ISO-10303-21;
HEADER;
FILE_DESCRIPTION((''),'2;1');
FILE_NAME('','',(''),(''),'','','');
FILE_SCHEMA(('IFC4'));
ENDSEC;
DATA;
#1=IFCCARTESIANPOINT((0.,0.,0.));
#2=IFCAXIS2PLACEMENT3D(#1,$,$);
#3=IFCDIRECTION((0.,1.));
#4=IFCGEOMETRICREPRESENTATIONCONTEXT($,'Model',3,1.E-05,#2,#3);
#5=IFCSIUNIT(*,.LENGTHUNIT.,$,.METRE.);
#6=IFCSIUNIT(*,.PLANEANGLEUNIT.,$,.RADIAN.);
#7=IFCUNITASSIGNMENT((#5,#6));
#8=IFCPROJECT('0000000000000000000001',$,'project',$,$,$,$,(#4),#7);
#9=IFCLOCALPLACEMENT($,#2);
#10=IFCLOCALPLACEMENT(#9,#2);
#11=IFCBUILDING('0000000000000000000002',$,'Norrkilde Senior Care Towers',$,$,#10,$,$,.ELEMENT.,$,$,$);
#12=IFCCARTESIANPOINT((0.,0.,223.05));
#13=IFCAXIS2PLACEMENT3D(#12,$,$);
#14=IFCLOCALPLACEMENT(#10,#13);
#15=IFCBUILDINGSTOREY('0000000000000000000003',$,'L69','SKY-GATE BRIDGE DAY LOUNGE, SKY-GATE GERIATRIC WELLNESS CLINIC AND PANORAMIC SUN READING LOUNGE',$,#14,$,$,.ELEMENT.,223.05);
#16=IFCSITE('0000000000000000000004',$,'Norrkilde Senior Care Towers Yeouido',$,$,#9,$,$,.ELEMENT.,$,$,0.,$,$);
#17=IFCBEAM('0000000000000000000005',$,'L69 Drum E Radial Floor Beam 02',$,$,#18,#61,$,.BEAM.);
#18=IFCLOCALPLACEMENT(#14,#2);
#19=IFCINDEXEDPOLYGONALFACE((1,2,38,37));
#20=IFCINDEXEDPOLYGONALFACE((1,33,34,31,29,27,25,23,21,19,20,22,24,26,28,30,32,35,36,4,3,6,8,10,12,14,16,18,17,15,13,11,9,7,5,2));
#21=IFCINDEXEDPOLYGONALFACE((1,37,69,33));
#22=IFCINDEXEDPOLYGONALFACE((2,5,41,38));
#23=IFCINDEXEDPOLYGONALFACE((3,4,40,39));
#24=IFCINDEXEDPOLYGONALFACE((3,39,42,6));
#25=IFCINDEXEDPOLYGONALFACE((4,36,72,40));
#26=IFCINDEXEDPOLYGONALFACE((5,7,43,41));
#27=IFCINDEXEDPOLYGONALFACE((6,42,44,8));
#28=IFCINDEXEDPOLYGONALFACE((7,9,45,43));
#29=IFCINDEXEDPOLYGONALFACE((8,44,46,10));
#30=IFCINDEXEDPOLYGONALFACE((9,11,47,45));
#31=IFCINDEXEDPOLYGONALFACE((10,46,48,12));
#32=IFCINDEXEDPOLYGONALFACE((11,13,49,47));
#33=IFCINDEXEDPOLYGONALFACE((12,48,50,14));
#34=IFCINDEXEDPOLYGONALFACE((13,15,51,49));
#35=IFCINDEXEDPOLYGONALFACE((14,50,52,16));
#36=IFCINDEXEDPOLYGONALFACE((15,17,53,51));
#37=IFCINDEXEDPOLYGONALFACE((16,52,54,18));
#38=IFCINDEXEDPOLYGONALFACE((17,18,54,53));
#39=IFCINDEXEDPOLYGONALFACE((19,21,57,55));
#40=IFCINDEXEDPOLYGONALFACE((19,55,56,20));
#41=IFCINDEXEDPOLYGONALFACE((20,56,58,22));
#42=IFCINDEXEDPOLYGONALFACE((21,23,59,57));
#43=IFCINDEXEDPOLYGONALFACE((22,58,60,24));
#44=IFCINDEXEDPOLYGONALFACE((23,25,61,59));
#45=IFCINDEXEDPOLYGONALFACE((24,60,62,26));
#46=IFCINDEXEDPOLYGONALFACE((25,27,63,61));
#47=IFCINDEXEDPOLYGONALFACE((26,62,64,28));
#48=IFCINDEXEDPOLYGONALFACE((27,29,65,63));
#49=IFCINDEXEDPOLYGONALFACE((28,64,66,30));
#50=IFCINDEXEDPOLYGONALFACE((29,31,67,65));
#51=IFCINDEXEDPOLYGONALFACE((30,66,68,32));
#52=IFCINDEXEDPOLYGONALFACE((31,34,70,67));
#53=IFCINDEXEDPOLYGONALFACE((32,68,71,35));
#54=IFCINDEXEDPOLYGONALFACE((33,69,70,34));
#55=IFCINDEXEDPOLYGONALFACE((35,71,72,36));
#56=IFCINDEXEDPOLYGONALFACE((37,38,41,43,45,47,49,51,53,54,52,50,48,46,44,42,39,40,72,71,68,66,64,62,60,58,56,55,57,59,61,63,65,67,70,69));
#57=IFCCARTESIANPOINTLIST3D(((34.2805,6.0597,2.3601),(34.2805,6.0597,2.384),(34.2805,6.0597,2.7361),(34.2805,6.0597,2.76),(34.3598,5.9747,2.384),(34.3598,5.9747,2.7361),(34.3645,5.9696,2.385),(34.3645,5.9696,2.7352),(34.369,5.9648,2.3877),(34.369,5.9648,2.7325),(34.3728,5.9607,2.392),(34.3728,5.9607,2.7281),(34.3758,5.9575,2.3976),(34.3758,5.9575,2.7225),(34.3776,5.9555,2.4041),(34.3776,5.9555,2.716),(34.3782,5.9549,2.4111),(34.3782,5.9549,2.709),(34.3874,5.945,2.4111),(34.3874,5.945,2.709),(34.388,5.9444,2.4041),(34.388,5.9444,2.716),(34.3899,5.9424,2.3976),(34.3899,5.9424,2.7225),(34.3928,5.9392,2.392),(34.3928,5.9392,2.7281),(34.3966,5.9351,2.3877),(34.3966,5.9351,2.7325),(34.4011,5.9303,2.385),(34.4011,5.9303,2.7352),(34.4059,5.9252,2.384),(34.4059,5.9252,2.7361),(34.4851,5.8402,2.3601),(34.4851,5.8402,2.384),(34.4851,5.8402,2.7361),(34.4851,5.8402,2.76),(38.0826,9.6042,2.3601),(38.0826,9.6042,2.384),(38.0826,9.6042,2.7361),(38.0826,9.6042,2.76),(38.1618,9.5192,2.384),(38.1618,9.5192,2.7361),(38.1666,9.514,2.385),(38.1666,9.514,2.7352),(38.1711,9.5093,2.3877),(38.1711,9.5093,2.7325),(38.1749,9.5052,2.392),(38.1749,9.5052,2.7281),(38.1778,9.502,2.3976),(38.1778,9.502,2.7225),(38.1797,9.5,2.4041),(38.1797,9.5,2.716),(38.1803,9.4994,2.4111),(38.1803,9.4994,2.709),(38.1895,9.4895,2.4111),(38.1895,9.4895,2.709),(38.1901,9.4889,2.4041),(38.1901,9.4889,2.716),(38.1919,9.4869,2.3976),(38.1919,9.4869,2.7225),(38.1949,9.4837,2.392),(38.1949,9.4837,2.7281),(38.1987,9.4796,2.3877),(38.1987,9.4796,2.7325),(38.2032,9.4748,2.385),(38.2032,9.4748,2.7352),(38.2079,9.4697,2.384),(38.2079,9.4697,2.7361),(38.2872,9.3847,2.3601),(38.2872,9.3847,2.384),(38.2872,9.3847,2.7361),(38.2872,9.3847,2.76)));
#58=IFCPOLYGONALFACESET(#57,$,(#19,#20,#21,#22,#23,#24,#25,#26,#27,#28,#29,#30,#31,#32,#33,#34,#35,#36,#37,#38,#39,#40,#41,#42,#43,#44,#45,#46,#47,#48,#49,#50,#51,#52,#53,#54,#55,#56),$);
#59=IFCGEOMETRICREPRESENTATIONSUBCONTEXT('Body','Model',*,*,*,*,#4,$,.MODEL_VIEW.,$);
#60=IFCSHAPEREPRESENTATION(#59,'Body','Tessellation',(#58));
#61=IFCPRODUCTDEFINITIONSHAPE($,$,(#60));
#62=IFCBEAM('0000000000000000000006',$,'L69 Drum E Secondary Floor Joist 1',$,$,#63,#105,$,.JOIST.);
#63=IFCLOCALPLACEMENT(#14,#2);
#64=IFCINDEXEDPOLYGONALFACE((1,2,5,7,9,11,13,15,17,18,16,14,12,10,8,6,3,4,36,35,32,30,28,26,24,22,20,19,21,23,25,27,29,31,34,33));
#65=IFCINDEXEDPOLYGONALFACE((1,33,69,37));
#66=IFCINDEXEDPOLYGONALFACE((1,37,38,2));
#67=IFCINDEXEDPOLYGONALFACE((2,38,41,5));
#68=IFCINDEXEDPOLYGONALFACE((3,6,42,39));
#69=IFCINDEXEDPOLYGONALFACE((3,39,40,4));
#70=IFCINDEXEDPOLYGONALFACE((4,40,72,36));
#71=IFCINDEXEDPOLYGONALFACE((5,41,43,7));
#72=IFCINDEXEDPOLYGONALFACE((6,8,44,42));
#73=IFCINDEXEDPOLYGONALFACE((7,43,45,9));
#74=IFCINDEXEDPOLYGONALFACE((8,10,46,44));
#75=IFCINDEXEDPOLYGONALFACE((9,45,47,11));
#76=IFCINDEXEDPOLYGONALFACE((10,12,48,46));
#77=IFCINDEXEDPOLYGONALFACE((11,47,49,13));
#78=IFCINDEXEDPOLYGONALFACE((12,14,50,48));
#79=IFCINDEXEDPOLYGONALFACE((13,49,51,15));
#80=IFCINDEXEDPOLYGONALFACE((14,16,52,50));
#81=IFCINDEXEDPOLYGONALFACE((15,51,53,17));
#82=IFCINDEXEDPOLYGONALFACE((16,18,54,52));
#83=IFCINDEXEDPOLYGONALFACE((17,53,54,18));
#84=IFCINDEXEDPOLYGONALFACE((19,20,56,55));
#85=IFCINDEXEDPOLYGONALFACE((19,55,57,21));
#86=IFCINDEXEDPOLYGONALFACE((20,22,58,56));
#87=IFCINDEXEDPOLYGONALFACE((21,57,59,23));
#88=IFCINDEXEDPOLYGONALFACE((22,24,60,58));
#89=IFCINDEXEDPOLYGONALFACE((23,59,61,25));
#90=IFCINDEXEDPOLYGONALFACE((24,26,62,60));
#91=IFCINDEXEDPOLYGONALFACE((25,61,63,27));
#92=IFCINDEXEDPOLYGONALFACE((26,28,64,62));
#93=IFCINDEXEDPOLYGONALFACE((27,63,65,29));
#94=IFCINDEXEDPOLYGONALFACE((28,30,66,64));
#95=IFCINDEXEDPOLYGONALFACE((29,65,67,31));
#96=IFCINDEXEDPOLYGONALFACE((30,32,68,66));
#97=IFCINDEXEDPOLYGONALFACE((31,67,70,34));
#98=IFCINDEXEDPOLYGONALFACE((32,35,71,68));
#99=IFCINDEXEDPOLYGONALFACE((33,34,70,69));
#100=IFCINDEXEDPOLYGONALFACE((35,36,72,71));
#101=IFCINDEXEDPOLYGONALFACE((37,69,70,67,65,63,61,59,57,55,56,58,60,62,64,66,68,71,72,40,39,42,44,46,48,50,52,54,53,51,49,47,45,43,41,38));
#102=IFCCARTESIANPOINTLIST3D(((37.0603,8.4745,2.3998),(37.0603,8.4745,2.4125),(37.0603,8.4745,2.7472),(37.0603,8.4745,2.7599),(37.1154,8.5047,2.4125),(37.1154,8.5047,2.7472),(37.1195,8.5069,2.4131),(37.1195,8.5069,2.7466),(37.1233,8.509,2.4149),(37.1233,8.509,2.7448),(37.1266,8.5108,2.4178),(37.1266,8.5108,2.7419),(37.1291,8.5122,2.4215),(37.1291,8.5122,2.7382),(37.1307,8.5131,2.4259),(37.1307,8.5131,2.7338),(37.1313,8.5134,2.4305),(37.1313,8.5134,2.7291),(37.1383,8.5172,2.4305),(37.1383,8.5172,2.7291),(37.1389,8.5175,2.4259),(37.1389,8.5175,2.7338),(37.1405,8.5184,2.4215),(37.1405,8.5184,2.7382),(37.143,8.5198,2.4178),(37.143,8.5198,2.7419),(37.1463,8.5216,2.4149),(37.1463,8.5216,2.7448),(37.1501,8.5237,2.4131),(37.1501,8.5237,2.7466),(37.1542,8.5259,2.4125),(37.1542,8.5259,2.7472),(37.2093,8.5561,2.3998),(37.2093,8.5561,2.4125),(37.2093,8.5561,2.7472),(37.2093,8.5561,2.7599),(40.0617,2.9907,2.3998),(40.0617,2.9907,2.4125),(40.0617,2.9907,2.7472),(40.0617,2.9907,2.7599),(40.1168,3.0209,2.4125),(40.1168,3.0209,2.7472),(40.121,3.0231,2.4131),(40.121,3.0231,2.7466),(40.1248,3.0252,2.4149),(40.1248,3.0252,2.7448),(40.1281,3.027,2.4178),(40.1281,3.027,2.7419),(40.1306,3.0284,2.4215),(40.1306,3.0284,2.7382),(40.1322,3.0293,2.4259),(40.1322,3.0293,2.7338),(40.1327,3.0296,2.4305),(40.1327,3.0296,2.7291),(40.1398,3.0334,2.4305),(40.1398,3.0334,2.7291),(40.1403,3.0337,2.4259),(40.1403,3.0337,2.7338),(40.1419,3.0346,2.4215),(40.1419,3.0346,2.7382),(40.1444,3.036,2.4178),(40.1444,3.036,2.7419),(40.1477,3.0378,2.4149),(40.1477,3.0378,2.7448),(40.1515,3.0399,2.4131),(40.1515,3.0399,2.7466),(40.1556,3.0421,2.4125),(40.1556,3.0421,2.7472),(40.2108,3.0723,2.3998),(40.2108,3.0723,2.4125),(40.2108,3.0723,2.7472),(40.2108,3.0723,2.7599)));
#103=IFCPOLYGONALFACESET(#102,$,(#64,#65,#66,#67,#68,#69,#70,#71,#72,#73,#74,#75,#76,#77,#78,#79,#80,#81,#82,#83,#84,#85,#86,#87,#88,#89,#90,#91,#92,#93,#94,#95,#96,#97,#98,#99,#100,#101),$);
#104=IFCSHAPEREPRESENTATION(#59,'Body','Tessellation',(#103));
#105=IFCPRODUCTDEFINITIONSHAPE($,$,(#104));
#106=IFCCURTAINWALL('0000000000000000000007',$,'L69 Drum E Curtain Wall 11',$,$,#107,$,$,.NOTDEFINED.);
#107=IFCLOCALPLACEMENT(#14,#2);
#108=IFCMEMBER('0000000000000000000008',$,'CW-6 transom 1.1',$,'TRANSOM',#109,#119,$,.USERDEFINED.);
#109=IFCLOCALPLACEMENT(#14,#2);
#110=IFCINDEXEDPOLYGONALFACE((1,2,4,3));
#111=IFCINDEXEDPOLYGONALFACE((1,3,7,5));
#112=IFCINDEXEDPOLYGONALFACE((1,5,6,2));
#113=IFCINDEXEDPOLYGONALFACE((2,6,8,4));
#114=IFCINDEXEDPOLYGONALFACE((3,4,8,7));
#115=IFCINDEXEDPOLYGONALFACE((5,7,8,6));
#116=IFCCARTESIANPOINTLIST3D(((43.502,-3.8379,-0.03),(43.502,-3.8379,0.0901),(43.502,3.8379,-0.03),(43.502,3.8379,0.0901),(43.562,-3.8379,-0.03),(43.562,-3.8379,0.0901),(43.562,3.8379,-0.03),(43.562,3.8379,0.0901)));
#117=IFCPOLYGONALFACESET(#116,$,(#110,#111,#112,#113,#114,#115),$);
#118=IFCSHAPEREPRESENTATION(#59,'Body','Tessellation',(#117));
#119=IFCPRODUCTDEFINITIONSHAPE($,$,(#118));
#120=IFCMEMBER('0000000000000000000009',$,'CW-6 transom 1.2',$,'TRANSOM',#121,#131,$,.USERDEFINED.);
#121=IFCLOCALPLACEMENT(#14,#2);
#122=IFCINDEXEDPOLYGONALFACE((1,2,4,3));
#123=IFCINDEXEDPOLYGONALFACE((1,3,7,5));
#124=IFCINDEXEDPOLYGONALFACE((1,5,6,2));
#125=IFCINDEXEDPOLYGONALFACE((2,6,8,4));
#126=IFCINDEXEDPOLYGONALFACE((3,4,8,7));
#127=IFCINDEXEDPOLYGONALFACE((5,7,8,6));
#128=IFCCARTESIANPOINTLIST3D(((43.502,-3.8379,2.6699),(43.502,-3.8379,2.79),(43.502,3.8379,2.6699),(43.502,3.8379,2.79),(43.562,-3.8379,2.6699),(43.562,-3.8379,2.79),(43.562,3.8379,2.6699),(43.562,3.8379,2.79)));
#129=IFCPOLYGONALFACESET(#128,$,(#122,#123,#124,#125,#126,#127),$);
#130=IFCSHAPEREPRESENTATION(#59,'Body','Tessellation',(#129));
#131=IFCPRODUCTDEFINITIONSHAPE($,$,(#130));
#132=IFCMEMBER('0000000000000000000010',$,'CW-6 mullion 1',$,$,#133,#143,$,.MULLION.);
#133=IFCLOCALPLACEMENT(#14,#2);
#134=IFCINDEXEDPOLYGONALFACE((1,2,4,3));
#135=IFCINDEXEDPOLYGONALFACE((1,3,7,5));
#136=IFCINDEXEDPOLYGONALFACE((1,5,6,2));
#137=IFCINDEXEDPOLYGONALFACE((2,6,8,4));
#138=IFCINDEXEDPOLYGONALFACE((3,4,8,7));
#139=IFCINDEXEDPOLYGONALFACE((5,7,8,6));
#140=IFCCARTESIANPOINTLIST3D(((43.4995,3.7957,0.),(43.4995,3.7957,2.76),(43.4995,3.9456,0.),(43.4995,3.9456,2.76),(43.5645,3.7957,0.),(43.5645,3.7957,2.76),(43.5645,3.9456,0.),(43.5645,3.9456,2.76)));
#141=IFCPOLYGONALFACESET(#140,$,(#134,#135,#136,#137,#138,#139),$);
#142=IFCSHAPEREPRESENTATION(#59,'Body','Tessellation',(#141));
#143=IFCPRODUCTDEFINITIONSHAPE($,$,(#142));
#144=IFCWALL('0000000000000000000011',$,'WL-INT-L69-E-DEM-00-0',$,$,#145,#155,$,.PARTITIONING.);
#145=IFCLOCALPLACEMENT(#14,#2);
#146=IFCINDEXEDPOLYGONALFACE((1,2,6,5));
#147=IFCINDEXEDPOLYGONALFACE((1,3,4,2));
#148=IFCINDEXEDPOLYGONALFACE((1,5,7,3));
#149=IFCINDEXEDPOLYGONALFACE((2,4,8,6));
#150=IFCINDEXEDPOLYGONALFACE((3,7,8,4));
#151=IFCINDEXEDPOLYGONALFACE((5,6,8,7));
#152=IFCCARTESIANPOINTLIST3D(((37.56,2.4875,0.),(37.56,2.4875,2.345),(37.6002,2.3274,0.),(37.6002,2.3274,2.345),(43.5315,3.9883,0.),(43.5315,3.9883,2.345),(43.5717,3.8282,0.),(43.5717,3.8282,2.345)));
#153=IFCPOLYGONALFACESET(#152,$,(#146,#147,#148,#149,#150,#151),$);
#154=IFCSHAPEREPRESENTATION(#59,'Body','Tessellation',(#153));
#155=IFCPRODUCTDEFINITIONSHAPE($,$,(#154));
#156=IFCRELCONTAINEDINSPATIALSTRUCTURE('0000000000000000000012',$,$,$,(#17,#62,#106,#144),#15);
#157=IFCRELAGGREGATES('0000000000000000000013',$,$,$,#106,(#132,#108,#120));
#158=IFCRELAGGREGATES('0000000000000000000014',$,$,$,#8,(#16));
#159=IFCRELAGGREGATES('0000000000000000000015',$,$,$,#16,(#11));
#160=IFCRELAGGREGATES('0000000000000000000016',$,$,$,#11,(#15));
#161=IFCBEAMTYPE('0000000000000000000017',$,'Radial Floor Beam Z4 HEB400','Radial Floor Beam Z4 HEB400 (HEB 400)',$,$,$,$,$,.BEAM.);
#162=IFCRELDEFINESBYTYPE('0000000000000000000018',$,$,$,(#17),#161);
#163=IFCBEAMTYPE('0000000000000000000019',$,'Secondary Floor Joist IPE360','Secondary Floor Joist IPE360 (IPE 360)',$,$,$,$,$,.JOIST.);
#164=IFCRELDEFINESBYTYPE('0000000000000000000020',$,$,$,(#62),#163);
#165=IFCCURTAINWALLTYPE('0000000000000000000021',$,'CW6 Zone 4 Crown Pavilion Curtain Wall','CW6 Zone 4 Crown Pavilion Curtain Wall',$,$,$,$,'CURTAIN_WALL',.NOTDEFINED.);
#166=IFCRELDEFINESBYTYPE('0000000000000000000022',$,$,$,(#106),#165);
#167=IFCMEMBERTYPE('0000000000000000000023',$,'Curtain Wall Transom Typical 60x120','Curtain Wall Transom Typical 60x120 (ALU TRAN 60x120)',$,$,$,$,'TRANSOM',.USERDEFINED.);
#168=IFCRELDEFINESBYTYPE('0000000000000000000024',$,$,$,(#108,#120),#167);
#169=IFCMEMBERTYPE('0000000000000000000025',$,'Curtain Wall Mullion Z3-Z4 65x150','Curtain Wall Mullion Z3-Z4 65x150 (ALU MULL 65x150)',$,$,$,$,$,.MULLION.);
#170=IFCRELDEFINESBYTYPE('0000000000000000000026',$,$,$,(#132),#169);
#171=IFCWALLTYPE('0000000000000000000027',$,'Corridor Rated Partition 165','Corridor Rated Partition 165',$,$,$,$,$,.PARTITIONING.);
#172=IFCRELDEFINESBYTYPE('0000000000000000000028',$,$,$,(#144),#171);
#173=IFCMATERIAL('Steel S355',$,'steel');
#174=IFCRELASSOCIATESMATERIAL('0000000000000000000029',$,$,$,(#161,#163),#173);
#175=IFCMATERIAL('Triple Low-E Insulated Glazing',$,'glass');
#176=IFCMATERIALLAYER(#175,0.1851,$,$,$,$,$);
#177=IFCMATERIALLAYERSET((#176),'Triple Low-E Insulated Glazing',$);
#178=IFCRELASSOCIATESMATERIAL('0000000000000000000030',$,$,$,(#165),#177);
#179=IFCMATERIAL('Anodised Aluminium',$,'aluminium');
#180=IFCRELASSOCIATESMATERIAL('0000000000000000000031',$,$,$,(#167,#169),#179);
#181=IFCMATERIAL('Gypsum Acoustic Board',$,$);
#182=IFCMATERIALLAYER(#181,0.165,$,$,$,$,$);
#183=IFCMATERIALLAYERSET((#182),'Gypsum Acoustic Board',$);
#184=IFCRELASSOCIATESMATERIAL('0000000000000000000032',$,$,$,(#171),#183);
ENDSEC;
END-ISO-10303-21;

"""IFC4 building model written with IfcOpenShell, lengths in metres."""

from ifc_helpers import new_model, si_unit, direction, frame, frame_2d, origin, origin_2d, place, context, subcontext, project, spatial, rectangle, i_section, extrude, source, transform, mapped, material, layer, layer_set, material_profile, profile_set, type_object, type_shapes, element, aggregate, save


model = new_model("IFC4")

# Units and contexts
model_context = context("Model", 3, precision=1e-05, world=origin(), true_north=direction((0.0, 1.0)))
body_context = subcontext(model_context, "Body", "Model", "MODEL_VIEW")
ifc_project = project(units=[si_unit("LENGTHUNIT", "METRE"), si_unit("PLANEANGLEUNIT", "RADIAN")], contexts=[model_context])

# Site, building, storey
site_placement = place(None, origin())
site = spatial("IfcSite", under=ifc_project, at=site_placement, Name="Norrkilde Senior Care Towers Yeouido", CompositionType="ELEMENT", RefElevation=0.0)
building_placement = place(site_placement, origin())
building = spatial("IfcBuilding", under=site, at=building_placement, Name="Norrkilde Senior Care Towers", CompositionType="ELEMENT")
storey_placement = place(building_placement, frame((0.0, 0.0, 223.05)))
storey = spatial("IfcBuildingStorey", under=building, at=storey_placement, Name="L69", Description="SKY-GATE BRIDGE DAY LOUNGE, SKY-GATE GERIATRIC WELLNESS CLINIC AND PANORAMIC SUN READING LOUNGE", CompositionType="ELEMENT", Elevation=223.05)

# Beams
ifc_material_1 = material(Name="Steel S355", Category="steel")
ifc_material_profile_1 = material_profile(ifc_material_1, i_section(OverallWidth=0.3, OverallDepth=0.3999, WebThickness=0.0134, FlangeThickness=0.0239, FilletRadius=0.0271, at=origin_2d()), Name="HEB 400")
ifc_profile_set_1 = profile_set([ifc_material_profile_1], Name="Steel S355")
beam_type_1 = type_object("IfcBeamType", Name="Radial Floor Beam Z4 HEB400", Description="Radial Floor Beam Z4 HEB400 (HEB 400)", PredefinedType="BEAM", material=ifc_profile_set_1)
shared_shape_1 = source(origin(), body_context, "Body", "SweptSolid", [
    extrude(i_section(OverallWidth=0.3, OverallDepth=0.3999, WebThickness=0.0134, FlangeThickness=0.0239, FilletRadius=0.0271, at=origin_2d()), origin(), (0.0, 0.0, 1.0), 5.198),
])
beam_1_placement = place(storey_placement, frame((34.3828, 5.95, 2.5601), z_axis=(0.731449, 0.681896, 0.0), x_axis=(-0.681896, 0.731449, 0.0)))
element("IfcBeam", 1, at=beam_1_placement, inside=storey, type_object=beam_type_1, Name="L69 Drum E Radial Floor Beam 02", PredefinedType="BEAM", context=body_context, shape_type="MappedRepresentation", body=[
    mapped(shared_shape_1, transform((0.0, 0.0, 0.0), x_axis=(1.0, 0.0, 0.0), y_axis=(0.0, 1.0, 0.0), z_axis=(0.0, 0.0, 1.0), scale=1.0)),
])
ifc_material_profile_2 = material_profile(ifc_material_1, i_section(OverallWidth=0.1699, OverallDepth=0.3601, WebThickness=0.0081, FlangeThickness=0.0127, FilletRadius=0.0181, at=origin_2d()), Name="IPE 360")
ifc_profile_set_2 = profile_set([ifc_material_profile_2], Name="Steel S355")
beam_type_2 = type_object("IfcBeamType", Name="Secondary Floor Joist IPE360", Description="Secondary Floor Joist IPE360 (IPE 360)", PredefinedType="JOIST", material=ifc_profile_set_2)
shared_shape_2 = source(origin(), body_context, "Body", "SweptSolid", [
    extrude(i_section(OverallWidth=0.1699, OverallDepth=0.3601, WebThickness=0.0081, FlangeThickness=0.0127, FilletRadius=0.0181, at=origin_2d()), origin(), (0.0, 0.0, 1.0), 6.2515),
])
type_shapes(beam_type_2, [shared_shape_2])
beam_2_placement = place(storey_placement, frame((40.1362, 3.0315, 2.5798), z_axis=(-0.480116, 0.877205, 0.0), x_axis=(-0.877205, -0.480116, 0.0)))
element("IfcBeam", 2, at=beam_2_placement, inside=storey, type_object=beam_type_2, Name="L69 Drum E Secondary Floor Joist 1", PredefinedType="JOIST", context=body_context, shape_type="MappedRepresentation", body=[
    mapped(shared_shape_2, transform((0.0, 0.0, 0.0), x_axis=(1.0, 0.0, 0.0), y_axis=(0.0, 1.0, 0.0), z_axis=(0.0, 0.0, 1.0), scale=1.0)),
])

# Curtain wall, members
ifc_material_2 = material(Name="Triple Low-E Insulated Glazing", Category="glass")
ifc_layer_1 = layer(ifc_material_2, 0.1851)
ifc_layer_set_1 = layer_set([ifc_layer_1], Name="Triple Low-E Insulated Glazing")
curtain_wall_type = type_object("IfcCurtainWallType", Name="CW6 Zone 4 Crown Pavilion Curtain Wall", Description="CW6 Zone 4 Crown Pavilion Curtain Wall", ElementType="CURTAIN_WALL", PredefinedType="NOTDEFINED", material=ifc_layer_set_1)
curtain_wall_placement = place(storey_placement, origin())
curtain_wall = element("IfcCurtainWall", 3, at=curtain_wall_placement, inside=storey, type_object=curtain_wall_type, Name="L69 Drum E Curtain Wall 11", PredefinedType="NOTDEFINED")
ifc_material_3 = material(Name="Anodised Aluminium", Category="aluminium")
ifc_material_profile_3 = material_profile(ifc_material_3, rectangle(XDim=0.0601, YDim=0.1201, at=origin_2d()), Name="ALU TRAN 60x120")
ifc_profile_set_3 = profile_set([ifc_material_profile_3], Name="Anodised Aluminium")
member_type_1 = type_object("IfcMemberType", Name="Curtain Wall Transom Typical 60x120", Description="Curtain Wall Transom Typical 60x120 (ALU TRAN 60x120)", ElementType="TRANSOM", PredefinedType="USERDEFINED", material=ifc_profile_set_3)
shared_shape_3 = source(origin(), body_context, "Body", "SweptSolid", [
    extrude(rectangle(XDim=0.0601, YDim=0.1201, at=origin_2d()), origin(), (0.0, 0.0, 1.0), 7.6758),
])
type_shapes(member_type_1, [shared_shape_3])
member_1_placement = place(storey_placement, frame((43.532, 3.8379, 0.03), z_axis=(0.0, -1.0, 0.0), x_axis=(1.0, 0.0, 0.0)))
member_1 = element("IfcMember", 4, at=member_1_placement, type_object=member_type_1, Name="CW-6 transom 1.1", ObjectType="TRANSOM", PredefinedType="USERDEFINED", context=body_context, shape_type="MappedRepresentation", body=[
    mapped(shared_shape_3, transform((0.0, 0.0, 0.0), x_axis=(1.0, 0.0, 0.0), y_axis=(0.0, 1.0, 0.0), z_axis=(0.0, 0.0, 1.0), scale=1.0)),
])
member_2_placement = place(storey_placement, frame((43.532, 3.8379, 2.73), z_axis=(0.0, -1.0, 0.0), x_axis=(1.0, 0.0, 0.0)))
member_2 = element("IfcMember", 5, at=member_2_placement, type_object=member_type_1, Name="CW-6 transom 1.2", ObjectType="TRANSOM", PredefinedType="USERDEFINED", context=body_context, shape_type="MappedRepresentation", body=[
    mapped(shared_shape_3, transform((0.0, 0.0, 0.0), x_axis=(1.0, 0.0, 0.0), y_axis=(0.0, 1.0, 0.0), z_axis=(0.0, 0.0, 1.0), scale=1.0)),
])
ifc_material_profile_4 = material_profile(ifc_material_3, rectangle(XDim=0.0649, YDim=0.1499, at=origin_2d()), Name="ALU MULL 65x150")
ifc_profile_set_4 = profile_set([ifc_material_profile_4], Name="Anodised Aluminium")
member_type_2 = type_object("IfcMemberType", Name="Curtain Wall Mullion Z3-Z4 65x150", Description="Curtain Wall Mullion Z3-Z4 65x150 (ALU MULL 65x150)", PredefinedType="MULLION", material=ifc_profile_set_4)
shared_shape_4 = source(origin(), body_context, "Body", "SweptSolid", [
    extrude(rectangle(XDim=0.0649, YDim=0.1499, at=origin_2d()), origin(), (0.0, 0.0, 1.0), 2.76),
])
type_shapes(member_type_2, [shared_shape_4])
member_3_placement = place(storey_placement, frame((43.532, 3.8706, 0.0), z_axis=(0.0, 0.0, 1.0), x_axis=(1.0, 0.0, 0.0)))
member_3 = element("IfcMember", 6, at=member_3_placement, type_object=member_type_2, Name="CW-6 mullion 1", PredefinedType="MULLION", context=body_context, shape_type="MappedRepresentation", body=[
    mapped(shared_shape_4, transform((0.0, 0.0, 0.0), x_axis=(1.0, 0.0, 0.0), y_axis=(0.0, 1.0, 0.0), z_axis=(0.0, 0.0, 1.0), scale=1.0)),
])
aggregate(curtain_wall, [member_3, member_1, member_2])

# Wall
ifc_material_4 = material(Name="Gypsum Acoustic Board")
ifc_layer_2 = layer(ifc_material_4, 0.165)
ifc_layer_set_2 = layer_set([ifc_layer_2], Name="Gypsum Acoustic Board")
wall_type_1 = type_object("IfcWallType", Name="Corridor Rated Partition 165", Description="Corridor Rated Partition 165", PredefinedType="PARTITIONING", material=ifc_layer_set_2)
shared_shape_5 = source(origin(), body_context, "Body", "SweptSolid", [
    extrude(rectangle(XDim=6.1572, YDim=0.165, at=frame_2d((3.0786, 0.0))), origin(), (0.0, 0.0, 1.0), 2.345),
])
wall_1_placement = place(storey_placement, frame((37.5801, 2.4075, 0.0), z_axis=(0.0, 0.0, 1.0), x_axis=(0.969841, 0.243739, 0.0)))
element("IfcWall", 7, at=wall_1_placement, inside=storey, type_object=wall_type_1, Name="WL-INT-L69-E-DEM-00-0", PredefinedType="PARTITIONING", context=body_context, shape_type="MappedRepresentation", body=[
    mapped(shared_shape_5, transform((0.0, 0.0, 0.0), x_axis=(1.0, 0.0, 0.0), y_axis=(0.0, 1.0, 0.0), z_axis=(0.0, 0.0, 1.0), scale=1.0)),
])

save(model, "model.ifc")
